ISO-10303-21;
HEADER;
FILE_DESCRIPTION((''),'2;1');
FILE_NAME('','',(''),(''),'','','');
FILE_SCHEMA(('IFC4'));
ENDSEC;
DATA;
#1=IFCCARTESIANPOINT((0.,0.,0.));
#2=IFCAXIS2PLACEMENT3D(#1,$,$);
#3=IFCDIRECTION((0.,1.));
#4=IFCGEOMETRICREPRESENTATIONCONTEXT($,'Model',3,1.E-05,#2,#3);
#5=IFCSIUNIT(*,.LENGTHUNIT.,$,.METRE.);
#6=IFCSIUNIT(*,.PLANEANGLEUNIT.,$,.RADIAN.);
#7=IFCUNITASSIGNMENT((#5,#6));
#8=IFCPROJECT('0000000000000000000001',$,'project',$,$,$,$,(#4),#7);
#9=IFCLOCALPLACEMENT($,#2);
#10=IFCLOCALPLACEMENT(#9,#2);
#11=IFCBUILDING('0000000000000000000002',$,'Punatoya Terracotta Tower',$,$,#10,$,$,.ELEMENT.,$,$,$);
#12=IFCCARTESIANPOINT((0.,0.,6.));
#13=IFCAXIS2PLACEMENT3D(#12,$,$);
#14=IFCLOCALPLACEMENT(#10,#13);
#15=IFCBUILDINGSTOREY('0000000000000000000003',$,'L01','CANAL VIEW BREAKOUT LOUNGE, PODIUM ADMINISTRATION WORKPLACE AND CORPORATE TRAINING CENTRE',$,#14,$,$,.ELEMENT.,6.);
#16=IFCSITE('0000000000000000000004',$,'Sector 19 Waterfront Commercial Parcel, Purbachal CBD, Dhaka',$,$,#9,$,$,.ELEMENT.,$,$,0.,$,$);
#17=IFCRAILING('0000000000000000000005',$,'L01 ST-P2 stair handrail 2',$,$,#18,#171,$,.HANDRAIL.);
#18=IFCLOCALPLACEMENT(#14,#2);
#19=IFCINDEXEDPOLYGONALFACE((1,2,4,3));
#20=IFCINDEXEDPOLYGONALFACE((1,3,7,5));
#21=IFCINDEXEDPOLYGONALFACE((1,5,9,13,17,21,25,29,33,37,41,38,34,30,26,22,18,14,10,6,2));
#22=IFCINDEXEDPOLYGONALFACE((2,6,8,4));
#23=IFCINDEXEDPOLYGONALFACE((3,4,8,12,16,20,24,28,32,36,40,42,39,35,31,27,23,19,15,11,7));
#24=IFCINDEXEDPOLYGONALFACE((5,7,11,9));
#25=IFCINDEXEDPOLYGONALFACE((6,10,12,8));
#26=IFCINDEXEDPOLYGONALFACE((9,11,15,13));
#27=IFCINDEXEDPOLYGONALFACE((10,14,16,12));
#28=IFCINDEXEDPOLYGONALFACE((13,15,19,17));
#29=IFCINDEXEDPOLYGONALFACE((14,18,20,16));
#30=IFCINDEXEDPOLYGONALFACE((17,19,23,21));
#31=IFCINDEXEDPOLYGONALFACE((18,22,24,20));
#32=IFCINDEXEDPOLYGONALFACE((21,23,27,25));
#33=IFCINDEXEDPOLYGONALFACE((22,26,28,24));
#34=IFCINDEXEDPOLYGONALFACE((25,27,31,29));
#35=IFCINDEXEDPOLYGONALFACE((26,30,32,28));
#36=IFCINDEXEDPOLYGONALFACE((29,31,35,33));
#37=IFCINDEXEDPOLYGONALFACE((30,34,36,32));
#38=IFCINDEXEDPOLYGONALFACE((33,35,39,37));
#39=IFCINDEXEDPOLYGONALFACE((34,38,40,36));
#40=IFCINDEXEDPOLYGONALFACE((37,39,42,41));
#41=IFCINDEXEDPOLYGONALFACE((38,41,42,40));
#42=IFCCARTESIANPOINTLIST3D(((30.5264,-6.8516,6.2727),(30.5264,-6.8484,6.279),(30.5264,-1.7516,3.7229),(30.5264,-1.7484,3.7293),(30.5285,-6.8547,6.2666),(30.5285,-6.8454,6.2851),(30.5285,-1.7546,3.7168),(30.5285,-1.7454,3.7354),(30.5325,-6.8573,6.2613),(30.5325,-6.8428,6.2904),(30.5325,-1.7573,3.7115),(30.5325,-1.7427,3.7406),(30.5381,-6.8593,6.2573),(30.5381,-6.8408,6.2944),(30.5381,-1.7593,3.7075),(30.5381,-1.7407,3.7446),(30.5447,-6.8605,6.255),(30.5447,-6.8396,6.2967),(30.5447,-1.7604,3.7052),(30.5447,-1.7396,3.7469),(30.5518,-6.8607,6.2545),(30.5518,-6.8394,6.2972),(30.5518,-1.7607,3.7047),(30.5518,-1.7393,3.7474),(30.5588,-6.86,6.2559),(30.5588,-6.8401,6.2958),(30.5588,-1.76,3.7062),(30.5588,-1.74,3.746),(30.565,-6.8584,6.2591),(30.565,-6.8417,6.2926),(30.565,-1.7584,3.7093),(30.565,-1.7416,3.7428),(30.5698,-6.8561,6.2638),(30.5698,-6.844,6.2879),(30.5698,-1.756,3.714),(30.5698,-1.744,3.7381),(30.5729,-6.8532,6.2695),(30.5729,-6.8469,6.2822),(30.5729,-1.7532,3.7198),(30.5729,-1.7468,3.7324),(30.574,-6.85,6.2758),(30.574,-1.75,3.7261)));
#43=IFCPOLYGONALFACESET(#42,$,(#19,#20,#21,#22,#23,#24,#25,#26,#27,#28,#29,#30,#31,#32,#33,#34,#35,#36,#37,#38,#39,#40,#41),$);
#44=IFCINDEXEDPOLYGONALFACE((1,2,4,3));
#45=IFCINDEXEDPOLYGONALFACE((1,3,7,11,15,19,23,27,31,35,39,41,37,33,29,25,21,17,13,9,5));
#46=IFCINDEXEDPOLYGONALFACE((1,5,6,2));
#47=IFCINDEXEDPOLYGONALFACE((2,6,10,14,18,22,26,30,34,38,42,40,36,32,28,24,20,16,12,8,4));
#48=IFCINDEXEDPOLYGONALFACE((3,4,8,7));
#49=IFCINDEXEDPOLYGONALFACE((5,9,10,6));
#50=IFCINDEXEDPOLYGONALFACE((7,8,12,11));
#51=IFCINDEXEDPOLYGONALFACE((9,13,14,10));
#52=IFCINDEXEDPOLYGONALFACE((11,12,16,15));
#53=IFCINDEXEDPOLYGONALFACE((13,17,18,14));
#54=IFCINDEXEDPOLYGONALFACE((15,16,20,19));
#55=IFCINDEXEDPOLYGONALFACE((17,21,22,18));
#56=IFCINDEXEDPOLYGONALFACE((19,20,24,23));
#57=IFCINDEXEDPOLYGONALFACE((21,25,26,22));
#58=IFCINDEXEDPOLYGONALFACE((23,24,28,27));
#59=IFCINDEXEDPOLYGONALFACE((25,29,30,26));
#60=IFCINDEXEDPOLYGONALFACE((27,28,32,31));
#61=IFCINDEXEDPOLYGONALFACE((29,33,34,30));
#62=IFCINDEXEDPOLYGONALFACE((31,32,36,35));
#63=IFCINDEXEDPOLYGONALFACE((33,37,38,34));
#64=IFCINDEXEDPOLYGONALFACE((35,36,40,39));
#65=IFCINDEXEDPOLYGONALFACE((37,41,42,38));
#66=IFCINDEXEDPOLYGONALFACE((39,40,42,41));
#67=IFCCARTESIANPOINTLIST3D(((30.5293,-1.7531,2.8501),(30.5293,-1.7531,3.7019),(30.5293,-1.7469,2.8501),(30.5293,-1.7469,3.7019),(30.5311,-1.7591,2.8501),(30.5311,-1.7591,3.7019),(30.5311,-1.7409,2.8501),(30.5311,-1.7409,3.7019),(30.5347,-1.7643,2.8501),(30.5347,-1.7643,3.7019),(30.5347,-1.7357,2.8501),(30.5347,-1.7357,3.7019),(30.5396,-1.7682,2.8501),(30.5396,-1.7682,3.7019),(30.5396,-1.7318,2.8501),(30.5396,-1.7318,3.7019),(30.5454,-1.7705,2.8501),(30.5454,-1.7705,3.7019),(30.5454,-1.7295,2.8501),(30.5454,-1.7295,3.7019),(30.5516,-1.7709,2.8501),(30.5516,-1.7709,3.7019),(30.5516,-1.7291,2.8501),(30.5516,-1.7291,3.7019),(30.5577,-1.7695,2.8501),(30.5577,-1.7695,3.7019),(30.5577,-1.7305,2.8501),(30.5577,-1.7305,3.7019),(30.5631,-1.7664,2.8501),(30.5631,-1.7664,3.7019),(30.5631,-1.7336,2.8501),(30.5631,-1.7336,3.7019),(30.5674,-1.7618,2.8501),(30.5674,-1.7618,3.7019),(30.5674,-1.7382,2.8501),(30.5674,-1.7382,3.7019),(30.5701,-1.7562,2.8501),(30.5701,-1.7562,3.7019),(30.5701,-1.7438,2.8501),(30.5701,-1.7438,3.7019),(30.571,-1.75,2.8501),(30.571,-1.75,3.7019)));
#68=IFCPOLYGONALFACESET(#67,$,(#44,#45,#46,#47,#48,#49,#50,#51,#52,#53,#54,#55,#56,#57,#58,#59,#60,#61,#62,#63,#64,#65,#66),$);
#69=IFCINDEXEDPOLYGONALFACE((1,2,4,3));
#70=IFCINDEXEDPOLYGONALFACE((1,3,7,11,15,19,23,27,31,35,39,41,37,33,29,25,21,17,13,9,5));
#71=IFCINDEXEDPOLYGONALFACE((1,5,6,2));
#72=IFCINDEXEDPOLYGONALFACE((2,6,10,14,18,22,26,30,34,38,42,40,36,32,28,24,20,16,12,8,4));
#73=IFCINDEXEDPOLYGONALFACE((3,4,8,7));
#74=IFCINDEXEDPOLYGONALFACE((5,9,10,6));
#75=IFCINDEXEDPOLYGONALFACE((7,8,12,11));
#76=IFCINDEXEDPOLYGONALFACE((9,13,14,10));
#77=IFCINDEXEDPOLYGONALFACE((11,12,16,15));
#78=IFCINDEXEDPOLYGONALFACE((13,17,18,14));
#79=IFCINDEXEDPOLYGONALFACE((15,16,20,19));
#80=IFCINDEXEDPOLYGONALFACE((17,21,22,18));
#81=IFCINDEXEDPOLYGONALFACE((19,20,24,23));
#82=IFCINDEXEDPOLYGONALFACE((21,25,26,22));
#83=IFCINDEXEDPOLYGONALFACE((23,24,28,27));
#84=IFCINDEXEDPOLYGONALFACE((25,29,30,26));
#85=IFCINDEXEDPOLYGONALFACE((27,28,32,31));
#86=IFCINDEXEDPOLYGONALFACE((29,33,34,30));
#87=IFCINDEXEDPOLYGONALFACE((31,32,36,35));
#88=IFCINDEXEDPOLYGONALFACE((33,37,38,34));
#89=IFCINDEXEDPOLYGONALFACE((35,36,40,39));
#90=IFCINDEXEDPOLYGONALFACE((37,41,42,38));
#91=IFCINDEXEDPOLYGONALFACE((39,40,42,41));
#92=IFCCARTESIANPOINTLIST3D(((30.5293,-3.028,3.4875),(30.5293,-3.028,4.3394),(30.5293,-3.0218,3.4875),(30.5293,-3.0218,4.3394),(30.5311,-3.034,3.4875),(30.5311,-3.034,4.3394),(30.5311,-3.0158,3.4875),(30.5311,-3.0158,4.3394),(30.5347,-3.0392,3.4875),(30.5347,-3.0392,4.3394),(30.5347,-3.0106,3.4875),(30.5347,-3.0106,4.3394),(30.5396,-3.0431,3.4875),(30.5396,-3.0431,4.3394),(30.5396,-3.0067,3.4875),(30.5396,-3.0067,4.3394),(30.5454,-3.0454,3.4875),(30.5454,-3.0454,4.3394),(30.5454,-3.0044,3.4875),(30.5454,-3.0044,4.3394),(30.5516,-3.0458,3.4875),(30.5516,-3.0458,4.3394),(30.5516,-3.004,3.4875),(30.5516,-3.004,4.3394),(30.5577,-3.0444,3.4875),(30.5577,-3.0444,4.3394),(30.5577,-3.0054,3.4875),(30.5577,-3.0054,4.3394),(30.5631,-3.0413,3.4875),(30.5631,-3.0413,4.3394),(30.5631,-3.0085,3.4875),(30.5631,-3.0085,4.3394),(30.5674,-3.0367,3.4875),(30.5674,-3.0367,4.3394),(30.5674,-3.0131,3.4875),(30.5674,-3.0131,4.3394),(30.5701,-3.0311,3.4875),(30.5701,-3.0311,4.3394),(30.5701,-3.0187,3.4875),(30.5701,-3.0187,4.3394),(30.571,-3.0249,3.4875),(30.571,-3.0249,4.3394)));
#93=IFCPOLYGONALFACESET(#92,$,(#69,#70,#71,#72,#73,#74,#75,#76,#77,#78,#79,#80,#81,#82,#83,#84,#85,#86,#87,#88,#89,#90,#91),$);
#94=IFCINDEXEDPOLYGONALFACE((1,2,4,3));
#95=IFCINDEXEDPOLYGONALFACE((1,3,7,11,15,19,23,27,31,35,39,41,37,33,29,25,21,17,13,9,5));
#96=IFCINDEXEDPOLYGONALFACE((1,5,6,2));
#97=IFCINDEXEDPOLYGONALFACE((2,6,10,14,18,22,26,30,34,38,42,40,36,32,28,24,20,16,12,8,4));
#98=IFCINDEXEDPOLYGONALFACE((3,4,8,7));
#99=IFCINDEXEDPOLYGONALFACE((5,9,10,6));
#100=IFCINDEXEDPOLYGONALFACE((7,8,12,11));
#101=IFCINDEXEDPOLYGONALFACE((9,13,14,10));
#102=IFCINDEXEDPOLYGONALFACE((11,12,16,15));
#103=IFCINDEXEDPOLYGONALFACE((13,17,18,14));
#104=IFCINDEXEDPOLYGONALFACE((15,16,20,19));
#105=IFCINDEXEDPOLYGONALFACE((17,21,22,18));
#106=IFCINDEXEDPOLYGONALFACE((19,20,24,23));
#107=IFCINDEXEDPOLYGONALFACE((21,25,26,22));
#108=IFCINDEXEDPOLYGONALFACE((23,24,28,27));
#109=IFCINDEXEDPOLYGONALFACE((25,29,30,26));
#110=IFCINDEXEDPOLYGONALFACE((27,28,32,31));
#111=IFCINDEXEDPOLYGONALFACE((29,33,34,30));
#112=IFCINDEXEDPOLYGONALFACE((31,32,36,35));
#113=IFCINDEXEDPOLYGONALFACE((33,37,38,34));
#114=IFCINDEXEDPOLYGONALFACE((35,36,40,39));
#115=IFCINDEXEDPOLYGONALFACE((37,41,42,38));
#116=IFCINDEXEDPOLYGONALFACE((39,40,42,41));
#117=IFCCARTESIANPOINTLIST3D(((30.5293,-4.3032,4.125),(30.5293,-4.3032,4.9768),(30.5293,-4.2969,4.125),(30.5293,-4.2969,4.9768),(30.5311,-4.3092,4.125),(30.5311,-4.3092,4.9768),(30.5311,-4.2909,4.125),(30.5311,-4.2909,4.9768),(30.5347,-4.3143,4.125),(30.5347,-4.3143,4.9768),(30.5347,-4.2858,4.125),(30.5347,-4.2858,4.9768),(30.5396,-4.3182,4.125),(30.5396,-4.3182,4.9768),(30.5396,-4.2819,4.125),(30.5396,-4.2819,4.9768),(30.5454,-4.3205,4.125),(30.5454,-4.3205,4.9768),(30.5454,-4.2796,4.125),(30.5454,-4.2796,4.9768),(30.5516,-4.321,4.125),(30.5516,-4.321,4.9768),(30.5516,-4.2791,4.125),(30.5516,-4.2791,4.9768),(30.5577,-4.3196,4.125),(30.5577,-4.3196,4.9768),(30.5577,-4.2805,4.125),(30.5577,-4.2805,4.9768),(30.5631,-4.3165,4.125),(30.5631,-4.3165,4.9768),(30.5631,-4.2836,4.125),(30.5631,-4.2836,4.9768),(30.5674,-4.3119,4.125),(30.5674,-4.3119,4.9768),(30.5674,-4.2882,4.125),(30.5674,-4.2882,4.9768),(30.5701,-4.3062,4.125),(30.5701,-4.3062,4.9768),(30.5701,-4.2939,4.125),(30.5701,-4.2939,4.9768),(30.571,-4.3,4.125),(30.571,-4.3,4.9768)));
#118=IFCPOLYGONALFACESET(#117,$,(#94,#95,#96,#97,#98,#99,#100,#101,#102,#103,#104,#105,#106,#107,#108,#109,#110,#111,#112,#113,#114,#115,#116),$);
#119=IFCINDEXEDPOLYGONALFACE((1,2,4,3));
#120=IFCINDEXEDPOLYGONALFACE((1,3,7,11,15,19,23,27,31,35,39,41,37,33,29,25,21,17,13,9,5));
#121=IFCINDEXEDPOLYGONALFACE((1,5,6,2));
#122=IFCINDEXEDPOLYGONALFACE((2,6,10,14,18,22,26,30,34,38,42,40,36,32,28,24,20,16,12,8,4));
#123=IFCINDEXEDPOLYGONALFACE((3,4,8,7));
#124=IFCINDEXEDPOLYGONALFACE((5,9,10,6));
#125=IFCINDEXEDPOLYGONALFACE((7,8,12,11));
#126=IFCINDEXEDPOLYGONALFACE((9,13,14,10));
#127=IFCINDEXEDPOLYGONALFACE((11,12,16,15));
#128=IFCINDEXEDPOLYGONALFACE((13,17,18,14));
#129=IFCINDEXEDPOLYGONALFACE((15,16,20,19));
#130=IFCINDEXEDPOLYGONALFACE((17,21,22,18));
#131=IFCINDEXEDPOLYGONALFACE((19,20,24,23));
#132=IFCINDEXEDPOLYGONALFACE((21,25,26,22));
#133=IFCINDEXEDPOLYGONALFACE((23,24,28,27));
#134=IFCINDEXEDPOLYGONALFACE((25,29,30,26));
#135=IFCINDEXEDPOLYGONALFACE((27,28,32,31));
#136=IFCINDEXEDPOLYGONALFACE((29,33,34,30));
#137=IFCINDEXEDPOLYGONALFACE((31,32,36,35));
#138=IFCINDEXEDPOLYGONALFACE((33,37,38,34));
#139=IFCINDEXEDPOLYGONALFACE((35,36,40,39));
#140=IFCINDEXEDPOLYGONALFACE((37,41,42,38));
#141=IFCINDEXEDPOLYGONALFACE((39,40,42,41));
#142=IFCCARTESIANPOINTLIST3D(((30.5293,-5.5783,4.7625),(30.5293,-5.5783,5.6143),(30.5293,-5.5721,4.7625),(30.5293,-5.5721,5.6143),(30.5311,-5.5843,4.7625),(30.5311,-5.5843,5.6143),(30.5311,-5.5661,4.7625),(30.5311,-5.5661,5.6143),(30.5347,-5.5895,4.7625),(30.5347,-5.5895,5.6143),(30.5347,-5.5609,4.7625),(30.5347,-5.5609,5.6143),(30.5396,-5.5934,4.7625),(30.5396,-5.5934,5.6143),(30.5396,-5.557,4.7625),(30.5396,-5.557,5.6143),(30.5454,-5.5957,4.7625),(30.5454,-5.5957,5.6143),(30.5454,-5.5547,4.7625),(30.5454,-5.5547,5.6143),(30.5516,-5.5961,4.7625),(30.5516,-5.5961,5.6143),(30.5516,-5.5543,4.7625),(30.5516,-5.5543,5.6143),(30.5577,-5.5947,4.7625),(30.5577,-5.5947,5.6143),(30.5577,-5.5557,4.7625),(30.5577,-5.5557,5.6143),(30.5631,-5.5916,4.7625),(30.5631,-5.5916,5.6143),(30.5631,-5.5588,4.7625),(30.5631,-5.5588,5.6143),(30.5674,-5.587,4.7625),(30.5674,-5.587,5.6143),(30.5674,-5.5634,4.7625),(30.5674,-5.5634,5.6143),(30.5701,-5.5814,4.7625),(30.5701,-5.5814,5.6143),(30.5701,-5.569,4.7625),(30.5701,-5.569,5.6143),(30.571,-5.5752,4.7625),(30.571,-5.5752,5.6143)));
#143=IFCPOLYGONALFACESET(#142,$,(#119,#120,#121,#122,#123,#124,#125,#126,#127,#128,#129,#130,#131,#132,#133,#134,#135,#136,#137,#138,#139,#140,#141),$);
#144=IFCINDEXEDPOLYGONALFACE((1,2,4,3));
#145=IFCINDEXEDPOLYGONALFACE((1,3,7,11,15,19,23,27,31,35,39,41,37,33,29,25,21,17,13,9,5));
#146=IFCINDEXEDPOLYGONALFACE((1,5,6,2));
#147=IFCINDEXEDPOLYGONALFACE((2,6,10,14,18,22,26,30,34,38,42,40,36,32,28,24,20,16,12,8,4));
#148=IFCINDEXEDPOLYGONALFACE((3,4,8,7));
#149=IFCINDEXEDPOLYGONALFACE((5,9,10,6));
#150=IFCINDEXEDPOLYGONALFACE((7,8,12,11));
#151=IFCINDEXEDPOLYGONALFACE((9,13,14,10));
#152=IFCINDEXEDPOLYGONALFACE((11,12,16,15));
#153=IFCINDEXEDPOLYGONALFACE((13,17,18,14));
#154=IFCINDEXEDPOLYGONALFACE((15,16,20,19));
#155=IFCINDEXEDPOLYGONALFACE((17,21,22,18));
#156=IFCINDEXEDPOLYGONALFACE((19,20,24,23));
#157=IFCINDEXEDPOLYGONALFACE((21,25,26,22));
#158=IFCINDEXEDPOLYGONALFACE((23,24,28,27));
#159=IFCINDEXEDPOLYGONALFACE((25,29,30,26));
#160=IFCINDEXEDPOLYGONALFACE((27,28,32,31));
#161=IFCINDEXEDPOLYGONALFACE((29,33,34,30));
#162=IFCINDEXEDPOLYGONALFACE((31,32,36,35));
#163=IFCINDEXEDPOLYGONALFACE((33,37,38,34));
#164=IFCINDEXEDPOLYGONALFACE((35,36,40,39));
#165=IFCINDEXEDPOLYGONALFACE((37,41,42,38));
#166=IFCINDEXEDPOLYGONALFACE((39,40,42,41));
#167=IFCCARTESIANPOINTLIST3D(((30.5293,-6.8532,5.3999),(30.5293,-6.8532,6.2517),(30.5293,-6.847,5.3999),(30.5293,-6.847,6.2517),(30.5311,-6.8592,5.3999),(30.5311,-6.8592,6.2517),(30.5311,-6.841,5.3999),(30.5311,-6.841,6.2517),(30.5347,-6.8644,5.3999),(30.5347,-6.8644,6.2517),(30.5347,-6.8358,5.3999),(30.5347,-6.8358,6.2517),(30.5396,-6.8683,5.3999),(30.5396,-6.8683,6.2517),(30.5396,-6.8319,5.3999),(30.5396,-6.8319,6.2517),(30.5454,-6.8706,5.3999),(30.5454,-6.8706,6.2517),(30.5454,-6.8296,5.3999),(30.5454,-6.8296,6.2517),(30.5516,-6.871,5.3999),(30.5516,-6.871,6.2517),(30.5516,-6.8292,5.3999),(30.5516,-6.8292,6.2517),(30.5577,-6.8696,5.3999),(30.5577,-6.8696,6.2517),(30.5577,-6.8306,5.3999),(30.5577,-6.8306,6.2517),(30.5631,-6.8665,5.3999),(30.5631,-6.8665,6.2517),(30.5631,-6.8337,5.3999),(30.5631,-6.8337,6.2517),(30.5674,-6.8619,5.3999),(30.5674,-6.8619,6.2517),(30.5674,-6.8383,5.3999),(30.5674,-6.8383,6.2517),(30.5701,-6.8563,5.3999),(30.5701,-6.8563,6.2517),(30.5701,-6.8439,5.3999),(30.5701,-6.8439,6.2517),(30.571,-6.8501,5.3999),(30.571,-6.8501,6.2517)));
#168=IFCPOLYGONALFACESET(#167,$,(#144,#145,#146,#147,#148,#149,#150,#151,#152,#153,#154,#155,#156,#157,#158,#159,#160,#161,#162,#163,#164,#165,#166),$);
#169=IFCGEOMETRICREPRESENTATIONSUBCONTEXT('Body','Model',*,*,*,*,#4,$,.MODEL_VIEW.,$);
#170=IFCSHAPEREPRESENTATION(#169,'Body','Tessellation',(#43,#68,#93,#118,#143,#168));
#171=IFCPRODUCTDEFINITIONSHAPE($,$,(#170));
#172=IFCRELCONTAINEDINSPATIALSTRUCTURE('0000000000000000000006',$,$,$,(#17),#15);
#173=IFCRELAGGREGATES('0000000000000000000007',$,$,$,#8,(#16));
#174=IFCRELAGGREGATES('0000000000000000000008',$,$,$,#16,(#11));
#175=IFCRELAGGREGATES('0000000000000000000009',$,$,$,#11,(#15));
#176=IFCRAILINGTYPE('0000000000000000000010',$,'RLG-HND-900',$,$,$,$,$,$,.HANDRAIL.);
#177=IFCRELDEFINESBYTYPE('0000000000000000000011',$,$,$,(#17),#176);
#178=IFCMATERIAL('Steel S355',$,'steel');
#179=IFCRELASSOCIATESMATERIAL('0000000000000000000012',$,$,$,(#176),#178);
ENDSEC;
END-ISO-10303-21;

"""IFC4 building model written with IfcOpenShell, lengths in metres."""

from ifc_helpers import new_model, si_unit, direction, frame, origin, origin_2d, place, context, subcontext, project, spatial, circle, extrude, material, type_object, element, save


model = new_model("IFC4")

# Units and contexts
model_context = context("Model", 3, precision=1e-05, world=origin(), true_north=direction((0.0, 1.0)))
body_context = subcontext(model_context, "Body", "Model", "MODEL_VIEW")
ifc_project = project(units=[si_unit("LENGTHUNIT", "METRE"), si_unit("PLANEANGLEUNIT", "RADIAN")], contexts=[model_context])

# Site, building, storey
site_placement = place(None, origin())
site = spatial("IfcSite", under=ifc_project, at=site_placement, Name="Sector 19 Waterfront Commercial Parcel, Purbachal CBD, Dhaka", CompositionType="ELEMENT", RefElevation=0.0)
building_placement = place(site_placement, origin())
building = spatial("IfcBuilding", under=site, at=building_placement, Name="Punatoya Terracotta Tower", CompositionType="ELEMENT")
storey_placement = place(building_placement, frame((0.0, 0.0, 6.0)))
storey = spatial("IfcBuildingStorey", under=building, at=storey_placement, Name="L01", Description="CANAL VIEW BREAKOUT LOUNGE, PODIUM ADMINISTRATION WORKPLACE AND CORPORATE TRAINING CENTRE", CompositionType="ELEMENT", Elevation=6.0)

# Shared definitions
ifc_material_1 = material(Name="Steel S355", Category="steel")

# Railing
railing_type_1 = type_object("IfcRailingType", Name="RLG-HND-900", PredefinedType="HANDRAIL", material=ifc_material_1)
railing_1_placement = place(storey_placement, frame((30.55, -1.75, 2.8501)))
element("IfcRailing", 1, at=railing_1_placement, inside=storey, type_object=railing_type_1, Name="L01 ST-P2 stair handrail 2", PredefinedType="HANDRAIL", context=body_context, shape_type="SweptSolid", body=[
    extrude(circle(Radius=0.0239, at=origin_2d()), frame((0.0, 0.0, 0.876), z_axis=(0.0, -0.894444, 0.447179), x_axis=(1.0, 0.0, 0.0)), (0.0, 0.0, 1.0), 5.7019),
    extrude(circle(Radius=0.021, at=origin_2d()), origin(), (0.0, 0.0, 1.0), 0.8518),
    extrude(circle(Radius=0.021, at=origin_2d()), frame((0.0, -1.2749, 0.6375)), (0.0, 0.0, 1.0), 0.8518),
    extrude(circle(Radius=0.021, at=origin_2d()), frame((0.0, -2.55, 1.2749)), (0.0, 0.0, 1.0), 0.8518),
    extrude(circle(Radius=0.021, at=origin_2d()), frame((0.0, -3.8252, 1.9124)), (0.0, 0.0, 1.0), 0.8518),
    extrude(circle(Radius=0.021, at=origin_2d()), frame((0.0, -5.1001, 2.5498)), (0.0, 0.0, 1.0), 0.8518),
])

save(model, "model.ifc")
